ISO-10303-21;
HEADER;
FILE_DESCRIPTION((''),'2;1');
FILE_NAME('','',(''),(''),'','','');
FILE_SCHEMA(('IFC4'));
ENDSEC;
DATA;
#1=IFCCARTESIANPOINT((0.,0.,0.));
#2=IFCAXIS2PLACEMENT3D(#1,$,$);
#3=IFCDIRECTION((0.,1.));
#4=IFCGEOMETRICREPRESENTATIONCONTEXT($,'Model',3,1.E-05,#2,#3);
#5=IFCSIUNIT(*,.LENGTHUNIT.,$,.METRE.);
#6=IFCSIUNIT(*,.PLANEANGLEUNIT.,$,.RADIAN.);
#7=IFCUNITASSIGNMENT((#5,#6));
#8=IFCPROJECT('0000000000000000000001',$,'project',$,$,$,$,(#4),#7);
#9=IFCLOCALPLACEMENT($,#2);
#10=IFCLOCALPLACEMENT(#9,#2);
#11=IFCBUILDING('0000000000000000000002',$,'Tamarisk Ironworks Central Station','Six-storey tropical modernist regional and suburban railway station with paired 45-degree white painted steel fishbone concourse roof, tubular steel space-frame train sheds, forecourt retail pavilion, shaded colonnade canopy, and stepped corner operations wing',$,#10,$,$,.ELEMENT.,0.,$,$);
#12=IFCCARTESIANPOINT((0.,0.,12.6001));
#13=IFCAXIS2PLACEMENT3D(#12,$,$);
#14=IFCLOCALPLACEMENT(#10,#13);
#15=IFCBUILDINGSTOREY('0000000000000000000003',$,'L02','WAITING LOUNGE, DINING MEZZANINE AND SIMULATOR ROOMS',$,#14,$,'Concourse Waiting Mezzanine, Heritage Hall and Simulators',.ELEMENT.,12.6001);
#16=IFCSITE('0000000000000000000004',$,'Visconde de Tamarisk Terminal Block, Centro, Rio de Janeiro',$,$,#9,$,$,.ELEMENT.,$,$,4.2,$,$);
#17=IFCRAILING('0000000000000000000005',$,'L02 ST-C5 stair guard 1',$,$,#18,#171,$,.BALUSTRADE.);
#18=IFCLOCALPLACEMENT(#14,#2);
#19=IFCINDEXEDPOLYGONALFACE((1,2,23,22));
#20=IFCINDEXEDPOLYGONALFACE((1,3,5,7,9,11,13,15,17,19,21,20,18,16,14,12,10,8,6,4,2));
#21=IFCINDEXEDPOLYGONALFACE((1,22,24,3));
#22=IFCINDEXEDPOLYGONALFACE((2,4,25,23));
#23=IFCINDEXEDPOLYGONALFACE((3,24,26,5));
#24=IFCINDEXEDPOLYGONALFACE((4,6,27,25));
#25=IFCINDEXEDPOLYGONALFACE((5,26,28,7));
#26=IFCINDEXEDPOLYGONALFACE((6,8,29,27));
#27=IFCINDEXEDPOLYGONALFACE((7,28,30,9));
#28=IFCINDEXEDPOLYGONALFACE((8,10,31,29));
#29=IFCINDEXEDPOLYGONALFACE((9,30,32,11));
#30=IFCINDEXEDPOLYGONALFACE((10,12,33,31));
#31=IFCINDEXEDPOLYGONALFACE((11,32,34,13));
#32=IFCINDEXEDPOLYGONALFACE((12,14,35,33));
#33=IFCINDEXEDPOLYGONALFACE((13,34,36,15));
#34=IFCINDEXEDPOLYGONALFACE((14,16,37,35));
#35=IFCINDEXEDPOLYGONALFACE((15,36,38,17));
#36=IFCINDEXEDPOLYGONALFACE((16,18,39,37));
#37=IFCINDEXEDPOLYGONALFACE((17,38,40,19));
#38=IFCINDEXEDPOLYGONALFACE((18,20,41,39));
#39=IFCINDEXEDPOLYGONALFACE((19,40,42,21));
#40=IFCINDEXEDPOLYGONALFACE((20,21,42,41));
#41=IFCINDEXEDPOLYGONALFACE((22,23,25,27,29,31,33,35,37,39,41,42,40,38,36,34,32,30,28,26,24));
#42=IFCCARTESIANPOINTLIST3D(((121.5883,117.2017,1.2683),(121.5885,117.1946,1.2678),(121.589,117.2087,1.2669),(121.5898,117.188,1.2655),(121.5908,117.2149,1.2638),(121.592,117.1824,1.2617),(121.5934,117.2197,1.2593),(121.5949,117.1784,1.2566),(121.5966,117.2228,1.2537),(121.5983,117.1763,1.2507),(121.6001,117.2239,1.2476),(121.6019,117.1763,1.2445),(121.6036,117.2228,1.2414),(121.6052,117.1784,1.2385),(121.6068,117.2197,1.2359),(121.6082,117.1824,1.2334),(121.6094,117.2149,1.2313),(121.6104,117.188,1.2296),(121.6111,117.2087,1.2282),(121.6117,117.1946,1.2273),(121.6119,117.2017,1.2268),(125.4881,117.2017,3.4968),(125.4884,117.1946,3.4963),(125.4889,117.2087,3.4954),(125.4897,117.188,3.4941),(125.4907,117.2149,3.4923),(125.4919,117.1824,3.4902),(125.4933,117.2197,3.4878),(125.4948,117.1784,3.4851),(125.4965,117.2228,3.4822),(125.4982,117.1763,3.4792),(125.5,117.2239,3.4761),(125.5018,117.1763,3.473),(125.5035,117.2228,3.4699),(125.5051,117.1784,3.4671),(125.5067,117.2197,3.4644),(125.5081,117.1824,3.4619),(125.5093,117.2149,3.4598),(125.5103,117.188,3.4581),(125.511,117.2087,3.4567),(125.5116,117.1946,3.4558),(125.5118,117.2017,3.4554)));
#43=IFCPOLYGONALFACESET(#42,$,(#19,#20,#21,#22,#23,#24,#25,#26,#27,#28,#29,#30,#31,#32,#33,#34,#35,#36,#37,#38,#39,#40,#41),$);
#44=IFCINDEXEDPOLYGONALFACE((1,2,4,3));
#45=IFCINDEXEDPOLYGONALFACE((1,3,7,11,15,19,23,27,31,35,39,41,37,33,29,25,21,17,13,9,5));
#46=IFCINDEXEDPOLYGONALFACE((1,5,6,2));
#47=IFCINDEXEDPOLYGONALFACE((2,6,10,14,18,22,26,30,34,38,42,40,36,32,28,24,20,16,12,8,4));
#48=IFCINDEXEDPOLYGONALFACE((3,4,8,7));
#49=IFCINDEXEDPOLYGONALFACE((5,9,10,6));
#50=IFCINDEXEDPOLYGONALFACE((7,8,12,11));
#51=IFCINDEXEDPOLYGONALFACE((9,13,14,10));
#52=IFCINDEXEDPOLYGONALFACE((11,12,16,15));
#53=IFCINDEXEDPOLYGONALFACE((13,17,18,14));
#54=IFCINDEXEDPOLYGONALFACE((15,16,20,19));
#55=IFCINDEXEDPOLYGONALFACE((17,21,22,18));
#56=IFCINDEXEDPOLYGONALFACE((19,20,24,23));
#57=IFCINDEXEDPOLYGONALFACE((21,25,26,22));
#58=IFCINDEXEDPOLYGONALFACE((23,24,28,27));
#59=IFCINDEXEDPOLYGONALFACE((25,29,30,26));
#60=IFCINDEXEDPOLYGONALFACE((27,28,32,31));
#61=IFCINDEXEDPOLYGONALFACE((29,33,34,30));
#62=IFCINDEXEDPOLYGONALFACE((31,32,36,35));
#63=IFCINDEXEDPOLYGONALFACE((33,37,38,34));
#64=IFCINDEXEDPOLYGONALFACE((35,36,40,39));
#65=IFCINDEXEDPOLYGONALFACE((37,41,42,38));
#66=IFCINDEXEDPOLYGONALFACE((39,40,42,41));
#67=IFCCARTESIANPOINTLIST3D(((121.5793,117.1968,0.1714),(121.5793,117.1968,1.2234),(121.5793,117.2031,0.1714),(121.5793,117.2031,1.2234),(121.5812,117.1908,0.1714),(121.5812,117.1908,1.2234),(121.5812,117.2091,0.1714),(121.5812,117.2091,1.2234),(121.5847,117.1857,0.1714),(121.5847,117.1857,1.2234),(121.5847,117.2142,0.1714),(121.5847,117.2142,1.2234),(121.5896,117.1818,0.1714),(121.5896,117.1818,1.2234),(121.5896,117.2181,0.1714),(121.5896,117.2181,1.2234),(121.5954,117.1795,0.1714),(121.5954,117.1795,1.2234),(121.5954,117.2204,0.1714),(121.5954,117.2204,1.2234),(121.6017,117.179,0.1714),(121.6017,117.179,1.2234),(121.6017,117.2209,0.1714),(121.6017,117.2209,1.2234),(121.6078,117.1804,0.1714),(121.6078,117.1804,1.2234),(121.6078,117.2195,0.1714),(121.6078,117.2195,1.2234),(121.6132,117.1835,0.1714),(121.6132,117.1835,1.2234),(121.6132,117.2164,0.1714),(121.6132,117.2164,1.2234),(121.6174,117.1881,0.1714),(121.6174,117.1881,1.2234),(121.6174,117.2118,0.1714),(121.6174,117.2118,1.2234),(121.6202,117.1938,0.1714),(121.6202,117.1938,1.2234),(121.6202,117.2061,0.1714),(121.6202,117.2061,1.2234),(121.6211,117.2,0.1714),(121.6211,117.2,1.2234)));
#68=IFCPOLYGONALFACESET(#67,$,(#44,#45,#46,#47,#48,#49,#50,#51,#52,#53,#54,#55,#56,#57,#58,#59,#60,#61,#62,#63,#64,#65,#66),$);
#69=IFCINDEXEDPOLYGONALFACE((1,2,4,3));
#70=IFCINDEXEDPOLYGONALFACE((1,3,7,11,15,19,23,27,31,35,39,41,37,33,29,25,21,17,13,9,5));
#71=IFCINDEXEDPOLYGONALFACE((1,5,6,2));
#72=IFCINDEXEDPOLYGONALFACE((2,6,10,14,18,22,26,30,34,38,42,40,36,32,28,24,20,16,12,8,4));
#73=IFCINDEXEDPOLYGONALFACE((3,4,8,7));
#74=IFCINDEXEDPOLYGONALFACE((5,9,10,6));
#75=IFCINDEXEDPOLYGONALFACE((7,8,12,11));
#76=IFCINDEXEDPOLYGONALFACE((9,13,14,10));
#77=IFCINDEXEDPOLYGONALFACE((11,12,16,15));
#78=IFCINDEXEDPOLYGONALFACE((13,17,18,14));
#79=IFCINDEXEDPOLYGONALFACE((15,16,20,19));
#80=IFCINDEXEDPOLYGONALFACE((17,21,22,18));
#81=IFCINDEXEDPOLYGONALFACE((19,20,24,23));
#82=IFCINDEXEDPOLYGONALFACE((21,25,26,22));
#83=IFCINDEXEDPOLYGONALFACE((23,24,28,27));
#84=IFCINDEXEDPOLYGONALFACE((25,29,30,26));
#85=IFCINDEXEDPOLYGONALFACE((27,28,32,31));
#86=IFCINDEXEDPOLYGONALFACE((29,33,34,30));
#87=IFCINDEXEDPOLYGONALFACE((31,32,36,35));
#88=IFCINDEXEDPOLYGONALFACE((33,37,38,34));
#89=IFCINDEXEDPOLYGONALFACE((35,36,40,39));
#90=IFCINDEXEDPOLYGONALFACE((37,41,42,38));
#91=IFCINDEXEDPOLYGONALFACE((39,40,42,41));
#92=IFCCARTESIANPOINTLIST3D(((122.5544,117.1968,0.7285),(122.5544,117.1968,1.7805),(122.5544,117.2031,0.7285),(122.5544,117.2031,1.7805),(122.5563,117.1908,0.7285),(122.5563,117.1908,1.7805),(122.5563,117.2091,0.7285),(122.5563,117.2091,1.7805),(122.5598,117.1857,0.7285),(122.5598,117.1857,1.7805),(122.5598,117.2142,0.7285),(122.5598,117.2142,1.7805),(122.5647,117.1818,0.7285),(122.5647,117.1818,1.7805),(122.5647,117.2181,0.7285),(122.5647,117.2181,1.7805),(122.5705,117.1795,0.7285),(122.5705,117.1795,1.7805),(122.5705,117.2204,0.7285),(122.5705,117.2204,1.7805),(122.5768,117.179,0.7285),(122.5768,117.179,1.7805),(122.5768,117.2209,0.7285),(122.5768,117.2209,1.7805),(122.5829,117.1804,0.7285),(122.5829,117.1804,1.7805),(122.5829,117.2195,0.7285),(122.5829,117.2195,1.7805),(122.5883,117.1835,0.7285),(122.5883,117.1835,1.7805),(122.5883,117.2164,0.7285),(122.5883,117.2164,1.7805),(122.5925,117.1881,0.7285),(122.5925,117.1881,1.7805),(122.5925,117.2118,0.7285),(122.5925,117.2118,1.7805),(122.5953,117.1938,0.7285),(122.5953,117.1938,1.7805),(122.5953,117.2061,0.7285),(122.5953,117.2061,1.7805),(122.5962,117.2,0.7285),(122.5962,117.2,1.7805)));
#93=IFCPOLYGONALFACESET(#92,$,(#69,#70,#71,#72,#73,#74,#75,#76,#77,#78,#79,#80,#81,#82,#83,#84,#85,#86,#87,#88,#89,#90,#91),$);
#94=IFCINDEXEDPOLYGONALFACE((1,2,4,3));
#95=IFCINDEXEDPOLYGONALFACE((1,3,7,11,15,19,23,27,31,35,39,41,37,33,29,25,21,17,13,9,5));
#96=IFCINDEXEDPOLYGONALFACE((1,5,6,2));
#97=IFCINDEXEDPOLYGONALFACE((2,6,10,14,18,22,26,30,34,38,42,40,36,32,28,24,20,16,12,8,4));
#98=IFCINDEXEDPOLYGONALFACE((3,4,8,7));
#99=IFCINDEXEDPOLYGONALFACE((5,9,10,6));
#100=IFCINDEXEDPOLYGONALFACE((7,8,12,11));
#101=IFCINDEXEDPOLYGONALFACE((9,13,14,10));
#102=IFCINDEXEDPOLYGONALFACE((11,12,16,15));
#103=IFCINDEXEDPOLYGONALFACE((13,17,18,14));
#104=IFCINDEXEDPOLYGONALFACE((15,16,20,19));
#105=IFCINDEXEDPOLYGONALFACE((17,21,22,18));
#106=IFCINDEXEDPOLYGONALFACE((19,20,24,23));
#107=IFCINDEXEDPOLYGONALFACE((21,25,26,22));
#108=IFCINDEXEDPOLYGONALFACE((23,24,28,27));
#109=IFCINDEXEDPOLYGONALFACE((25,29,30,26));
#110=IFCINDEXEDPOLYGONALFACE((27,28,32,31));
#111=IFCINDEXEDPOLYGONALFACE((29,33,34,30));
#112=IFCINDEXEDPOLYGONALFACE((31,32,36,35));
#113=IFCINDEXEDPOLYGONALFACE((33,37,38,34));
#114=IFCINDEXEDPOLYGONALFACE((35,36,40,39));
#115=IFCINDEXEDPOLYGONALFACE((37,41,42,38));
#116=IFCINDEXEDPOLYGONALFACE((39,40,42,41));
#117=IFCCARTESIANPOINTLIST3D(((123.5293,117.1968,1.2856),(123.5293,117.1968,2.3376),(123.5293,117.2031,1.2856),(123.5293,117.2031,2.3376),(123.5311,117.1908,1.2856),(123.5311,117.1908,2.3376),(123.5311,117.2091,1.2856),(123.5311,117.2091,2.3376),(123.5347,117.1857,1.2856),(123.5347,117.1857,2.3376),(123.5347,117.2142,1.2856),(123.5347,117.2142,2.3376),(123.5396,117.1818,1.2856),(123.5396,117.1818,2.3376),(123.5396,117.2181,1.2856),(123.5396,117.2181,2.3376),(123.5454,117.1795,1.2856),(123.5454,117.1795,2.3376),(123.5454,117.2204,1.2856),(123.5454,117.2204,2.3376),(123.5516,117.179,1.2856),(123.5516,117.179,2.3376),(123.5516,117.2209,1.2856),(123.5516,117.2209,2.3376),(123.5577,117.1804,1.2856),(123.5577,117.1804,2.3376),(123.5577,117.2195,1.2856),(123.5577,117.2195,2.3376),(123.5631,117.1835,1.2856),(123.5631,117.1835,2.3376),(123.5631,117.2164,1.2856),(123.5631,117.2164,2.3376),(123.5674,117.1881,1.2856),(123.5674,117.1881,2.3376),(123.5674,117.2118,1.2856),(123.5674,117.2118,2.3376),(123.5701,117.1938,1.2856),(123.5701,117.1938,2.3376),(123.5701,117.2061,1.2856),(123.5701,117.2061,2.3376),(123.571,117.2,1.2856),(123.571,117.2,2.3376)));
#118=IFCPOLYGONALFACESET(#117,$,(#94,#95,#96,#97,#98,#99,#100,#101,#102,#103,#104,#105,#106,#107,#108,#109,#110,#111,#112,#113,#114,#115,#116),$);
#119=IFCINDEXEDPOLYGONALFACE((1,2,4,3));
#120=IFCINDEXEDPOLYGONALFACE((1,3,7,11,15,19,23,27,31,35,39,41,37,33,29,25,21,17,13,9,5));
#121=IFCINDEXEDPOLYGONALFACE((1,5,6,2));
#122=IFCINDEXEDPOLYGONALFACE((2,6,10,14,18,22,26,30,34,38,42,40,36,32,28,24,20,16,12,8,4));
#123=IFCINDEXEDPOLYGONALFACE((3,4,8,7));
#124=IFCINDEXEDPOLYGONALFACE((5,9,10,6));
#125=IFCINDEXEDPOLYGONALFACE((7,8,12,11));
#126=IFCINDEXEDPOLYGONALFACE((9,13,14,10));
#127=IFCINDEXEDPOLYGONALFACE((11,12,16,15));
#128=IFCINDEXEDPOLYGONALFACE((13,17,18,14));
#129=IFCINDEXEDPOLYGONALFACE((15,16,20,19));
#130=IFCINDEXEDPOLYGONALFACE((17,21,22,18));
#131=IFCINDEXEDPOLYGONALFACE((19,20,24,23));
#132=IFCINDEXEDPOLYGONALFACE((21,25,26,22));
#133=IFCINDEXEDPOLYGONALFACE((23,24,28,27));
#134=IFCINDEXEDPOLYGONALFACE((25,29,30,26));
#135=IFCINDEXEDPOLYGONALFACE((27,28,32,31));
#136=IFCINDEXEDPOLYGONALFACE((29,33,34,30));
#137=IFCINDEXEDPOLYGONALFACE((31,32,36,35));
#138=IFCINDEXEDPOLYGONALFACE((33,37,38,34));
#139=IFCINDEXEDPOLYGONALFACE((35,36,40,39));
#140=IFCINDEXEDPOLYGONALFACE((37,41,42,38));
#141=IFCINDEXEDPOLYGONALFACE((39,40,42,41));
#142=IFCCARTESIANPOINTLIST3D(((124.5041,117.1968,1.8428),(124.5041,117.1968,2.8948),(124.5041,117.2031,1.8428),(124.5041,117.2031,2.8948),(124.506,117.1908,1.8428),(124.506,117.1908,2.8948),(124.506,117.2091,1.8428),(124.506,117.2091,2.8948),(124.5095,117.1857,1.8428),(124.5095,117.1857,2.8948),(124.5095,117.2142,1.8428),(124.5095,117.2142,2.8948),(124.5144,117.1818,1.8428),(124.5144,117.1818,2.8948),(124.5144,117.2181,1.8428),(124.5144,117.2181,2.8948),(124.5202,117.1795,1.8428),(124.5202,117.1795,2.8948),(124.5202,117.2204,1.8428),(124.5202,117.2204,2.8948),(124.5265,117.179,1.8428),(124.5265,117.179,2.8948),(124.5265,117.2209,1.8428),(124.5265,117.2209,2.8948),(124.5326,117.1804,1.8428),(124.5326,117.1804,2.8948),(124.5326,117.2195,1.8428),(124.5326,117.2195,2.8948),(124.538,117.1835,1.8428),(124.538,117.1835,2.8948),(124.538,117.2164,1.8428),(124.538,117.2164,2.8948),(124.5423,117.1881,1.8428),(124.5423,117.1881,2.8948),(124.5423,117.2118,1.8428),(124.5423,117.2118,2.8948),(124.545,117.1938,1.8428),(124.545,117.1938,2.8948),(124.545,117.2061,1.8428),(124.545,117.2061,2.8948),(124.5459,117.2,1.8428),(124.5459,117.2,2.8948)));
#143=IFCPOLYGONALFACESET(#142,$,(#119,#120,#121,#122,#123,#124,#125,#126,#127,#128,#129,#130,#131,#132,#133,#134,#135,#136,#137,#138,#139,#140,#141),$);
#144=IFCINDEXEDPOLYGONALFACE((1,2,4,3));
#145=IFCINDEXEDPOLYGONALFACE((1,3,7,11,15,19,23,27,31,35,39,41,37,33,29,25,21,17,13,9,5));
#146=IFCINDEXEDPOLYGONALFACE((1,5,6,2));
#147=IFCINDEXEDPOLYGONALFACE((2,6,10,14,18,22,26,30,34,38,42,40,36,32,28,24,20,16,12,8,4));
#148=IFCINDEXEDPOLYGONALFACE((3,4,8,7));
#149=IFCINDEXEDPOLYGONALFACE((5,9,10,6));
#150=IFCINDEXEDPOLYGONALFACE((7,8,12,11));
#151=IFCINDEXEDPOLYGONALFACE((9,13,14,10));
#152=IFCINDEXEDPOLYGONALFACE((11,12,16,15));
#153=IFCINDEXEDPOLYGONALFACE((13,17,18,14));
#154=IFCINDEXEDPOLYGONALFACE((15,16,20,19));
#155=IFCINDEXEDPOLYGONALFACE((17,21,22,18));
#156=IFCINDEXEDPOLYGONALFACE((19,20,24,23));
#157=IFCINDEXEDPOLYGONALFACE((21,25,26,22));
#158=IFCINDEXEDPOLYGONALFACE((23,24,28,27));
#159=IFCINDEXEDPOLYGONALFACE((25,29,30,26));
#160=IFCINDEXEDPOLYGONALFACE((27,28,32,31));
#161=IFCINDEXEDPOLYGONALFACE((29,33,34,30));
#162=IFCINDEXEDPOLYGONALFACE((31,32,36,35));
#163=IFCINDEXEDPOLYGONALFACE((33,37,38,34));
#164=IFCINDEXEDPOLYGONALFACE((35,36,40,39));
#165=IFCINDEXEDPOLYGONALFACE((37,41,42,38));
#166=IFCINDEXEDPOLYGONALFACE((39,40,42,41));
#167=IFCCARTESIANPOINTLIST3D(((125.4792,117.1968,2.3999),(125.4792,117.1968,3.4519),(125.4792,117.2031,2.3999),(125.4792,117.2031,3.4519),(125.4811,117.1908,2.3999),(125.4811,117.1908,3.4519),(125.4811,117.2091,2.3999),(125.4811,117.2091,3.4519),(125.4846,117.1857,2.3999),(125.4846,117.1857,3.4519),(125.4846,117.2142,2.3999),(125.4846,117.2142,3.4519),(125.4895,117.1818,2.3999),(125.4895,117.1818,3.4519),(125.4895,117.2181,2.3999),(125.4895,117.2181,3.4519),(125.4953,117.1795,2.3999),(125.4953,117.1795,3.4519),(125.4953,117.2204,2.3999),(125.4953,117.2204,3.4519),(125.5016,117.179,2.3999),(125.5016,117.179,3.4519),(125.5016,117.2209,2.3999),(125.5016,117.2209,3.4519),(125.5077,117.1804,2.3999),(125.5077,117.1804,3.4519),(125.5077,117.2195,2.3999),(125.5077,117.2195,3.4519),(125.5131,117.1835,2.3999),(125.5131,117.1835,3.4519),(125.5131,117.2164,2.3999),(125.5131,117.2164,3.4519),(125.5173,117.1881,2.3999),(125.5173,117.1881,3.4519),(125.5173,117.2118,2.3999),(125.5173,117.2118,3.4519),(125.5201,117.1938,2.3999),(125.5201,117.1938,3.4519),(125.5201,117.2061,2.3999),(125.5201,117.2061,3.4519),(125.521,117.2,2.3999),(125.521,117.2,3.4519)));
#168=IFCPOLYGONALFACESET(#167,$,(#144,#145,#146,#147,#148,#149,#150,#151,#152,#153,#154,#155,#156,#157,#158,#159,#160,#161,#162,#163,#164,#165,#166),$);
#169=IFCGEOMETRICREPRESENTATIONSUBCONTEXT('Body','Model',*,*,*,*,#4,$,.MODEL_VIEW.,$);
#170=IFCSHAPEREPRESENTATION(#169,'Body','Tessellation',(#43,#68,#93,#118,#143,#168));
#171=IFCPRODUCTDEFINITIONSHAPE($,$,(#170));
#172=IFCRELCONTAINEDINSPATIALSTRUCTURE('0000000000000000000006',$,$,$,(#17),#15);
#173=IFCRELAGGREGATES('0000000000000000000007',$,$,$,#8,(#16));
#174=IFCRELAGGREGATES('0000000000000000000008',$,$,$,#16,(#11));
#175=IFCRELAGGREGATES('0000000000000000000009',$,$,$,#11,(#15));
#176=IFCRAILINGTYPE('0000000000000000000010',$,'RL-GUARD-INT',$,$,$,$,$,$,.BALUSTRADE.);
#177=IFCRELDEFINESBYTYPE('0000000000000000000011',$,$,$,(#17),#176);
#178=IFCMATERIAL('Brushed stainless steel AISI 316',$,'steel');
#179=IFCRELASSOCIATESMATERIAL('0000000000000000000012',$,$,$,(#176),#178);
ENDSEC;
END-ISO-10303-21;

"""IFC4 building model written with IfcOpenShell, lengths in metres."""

from ifc_helpers import new_model, si_unit, direction, frame, origin, origin_2d, place, context, subcontext, project, spatial, circle, extrude, material, type_object, element, save


model = new_model("IFC4")

# Units and contexts
model_context = context("Model", 3, precision=1e-05, world=origin(), true_north=direction((0.0, 1.0)))
body_context = subcontext(model_context, "Body", "Model", "MODEL_VIEW")
ifc_project = project(units=[si_unit("LENGTHUNIT", "METRE"), si_unit("PLANEANGLEUNIT", "RADIAN")], contexts=[model_context])

# Site, building, storey
site_placement = place(None, origin())
site = spatial("IfcSite", under=ifc_project, at=site_placement, Name="Visconde de Tamarisk Terminal Block, Centro, Rio de Janeiro", CompositionType="ELEMENT", RefElevation=4.2)
building_placement = place(site_placement, origin())
building = spatial("IfcBuilding", under=site, at=building_placement, Name="Tamarisk Ironworks Central Station", Description="Six-storey tropical modernist regional and suburban railway station with paired 45-degree white painted steel fishbone concourse roof, tubular steel space-frame train sheds, forecourt retail pavilion, shaded colonnade canopy, and stepped corner operations wing", CompositionType="ELEMENT", ElevationOfRefHeight=0.0)
storey_placement = place(building_placement, frame((0.0, 0.0, 12.6001)))
storey = spatial("IfcBuildingStorey", under=building, at=storey_placement, Name="L02", Description="WAITING LOUNGE, DINING MEZZANINE AND SIMULATOR ROOMS", LongName="Concourse Waiting Mezzanine, Heritage Hall and Simulators", CompositionType="ELEMENT", Elevation=12.6001)

# Railing
ifc_material_1 = material(Name="Brushed stainless steel AISI 316", Category="steel")
railing_type_1 = type_object("IfcRailingType", Name="RL-GUARD-INT", PredefinedType="BALUSTRADE", material=ifc_material_1)
railing_1_placement = place(storey_placement, frame((121.6001, 117.2, 0.1714)))
element("IfcRailing", 1, at=railing_1_placement, inside=storey, type_object=railing_type_1, Name="L02 ST-C5 stair guard 1", PredefinedType="BALUSTRADE", context=body_context, shape_type="SweptSolid", body=[
    extrude(circle(Radius=0.0239, at=origin_2d()), frame((0.0, 0.0, 1.0762), z_axis=(0.868243, 0.0, 0.496139), x_axis=(0.0, 1.0, 0.0)), (0.0, 0.0, 1.0), 4.4917),
    extrude(circle(Radius=0.021, at=origin_2d()), origin(), (0.0, 0.0, 1.0), 1.052),
    extrude(circle(Radius=0.021, at=origin_2d()), frame((0.9751, 0.0, 0.5571)), (0.0, 0.0, 1.0), 1.052),
    extrude(circle(Radius=0.021, at=origin_2d()), frame((1.95, 0.0, 1.1143)), (0.0, 0.0, 1.0), 1.052),
    extrude(circle(Radius=0.021, at=origin_2d()), frame((2.9248, 0.0, 1.6714)), (0.0, 0.0, 1.0), 1.052),
    extrude(circle(Radius=0.021, at=origin_2d()), frame((3.8999, 0.0, 2.2285)), (0.0, 0.0, 1.0), 1.052),
])

save(model, "model.ifc")
